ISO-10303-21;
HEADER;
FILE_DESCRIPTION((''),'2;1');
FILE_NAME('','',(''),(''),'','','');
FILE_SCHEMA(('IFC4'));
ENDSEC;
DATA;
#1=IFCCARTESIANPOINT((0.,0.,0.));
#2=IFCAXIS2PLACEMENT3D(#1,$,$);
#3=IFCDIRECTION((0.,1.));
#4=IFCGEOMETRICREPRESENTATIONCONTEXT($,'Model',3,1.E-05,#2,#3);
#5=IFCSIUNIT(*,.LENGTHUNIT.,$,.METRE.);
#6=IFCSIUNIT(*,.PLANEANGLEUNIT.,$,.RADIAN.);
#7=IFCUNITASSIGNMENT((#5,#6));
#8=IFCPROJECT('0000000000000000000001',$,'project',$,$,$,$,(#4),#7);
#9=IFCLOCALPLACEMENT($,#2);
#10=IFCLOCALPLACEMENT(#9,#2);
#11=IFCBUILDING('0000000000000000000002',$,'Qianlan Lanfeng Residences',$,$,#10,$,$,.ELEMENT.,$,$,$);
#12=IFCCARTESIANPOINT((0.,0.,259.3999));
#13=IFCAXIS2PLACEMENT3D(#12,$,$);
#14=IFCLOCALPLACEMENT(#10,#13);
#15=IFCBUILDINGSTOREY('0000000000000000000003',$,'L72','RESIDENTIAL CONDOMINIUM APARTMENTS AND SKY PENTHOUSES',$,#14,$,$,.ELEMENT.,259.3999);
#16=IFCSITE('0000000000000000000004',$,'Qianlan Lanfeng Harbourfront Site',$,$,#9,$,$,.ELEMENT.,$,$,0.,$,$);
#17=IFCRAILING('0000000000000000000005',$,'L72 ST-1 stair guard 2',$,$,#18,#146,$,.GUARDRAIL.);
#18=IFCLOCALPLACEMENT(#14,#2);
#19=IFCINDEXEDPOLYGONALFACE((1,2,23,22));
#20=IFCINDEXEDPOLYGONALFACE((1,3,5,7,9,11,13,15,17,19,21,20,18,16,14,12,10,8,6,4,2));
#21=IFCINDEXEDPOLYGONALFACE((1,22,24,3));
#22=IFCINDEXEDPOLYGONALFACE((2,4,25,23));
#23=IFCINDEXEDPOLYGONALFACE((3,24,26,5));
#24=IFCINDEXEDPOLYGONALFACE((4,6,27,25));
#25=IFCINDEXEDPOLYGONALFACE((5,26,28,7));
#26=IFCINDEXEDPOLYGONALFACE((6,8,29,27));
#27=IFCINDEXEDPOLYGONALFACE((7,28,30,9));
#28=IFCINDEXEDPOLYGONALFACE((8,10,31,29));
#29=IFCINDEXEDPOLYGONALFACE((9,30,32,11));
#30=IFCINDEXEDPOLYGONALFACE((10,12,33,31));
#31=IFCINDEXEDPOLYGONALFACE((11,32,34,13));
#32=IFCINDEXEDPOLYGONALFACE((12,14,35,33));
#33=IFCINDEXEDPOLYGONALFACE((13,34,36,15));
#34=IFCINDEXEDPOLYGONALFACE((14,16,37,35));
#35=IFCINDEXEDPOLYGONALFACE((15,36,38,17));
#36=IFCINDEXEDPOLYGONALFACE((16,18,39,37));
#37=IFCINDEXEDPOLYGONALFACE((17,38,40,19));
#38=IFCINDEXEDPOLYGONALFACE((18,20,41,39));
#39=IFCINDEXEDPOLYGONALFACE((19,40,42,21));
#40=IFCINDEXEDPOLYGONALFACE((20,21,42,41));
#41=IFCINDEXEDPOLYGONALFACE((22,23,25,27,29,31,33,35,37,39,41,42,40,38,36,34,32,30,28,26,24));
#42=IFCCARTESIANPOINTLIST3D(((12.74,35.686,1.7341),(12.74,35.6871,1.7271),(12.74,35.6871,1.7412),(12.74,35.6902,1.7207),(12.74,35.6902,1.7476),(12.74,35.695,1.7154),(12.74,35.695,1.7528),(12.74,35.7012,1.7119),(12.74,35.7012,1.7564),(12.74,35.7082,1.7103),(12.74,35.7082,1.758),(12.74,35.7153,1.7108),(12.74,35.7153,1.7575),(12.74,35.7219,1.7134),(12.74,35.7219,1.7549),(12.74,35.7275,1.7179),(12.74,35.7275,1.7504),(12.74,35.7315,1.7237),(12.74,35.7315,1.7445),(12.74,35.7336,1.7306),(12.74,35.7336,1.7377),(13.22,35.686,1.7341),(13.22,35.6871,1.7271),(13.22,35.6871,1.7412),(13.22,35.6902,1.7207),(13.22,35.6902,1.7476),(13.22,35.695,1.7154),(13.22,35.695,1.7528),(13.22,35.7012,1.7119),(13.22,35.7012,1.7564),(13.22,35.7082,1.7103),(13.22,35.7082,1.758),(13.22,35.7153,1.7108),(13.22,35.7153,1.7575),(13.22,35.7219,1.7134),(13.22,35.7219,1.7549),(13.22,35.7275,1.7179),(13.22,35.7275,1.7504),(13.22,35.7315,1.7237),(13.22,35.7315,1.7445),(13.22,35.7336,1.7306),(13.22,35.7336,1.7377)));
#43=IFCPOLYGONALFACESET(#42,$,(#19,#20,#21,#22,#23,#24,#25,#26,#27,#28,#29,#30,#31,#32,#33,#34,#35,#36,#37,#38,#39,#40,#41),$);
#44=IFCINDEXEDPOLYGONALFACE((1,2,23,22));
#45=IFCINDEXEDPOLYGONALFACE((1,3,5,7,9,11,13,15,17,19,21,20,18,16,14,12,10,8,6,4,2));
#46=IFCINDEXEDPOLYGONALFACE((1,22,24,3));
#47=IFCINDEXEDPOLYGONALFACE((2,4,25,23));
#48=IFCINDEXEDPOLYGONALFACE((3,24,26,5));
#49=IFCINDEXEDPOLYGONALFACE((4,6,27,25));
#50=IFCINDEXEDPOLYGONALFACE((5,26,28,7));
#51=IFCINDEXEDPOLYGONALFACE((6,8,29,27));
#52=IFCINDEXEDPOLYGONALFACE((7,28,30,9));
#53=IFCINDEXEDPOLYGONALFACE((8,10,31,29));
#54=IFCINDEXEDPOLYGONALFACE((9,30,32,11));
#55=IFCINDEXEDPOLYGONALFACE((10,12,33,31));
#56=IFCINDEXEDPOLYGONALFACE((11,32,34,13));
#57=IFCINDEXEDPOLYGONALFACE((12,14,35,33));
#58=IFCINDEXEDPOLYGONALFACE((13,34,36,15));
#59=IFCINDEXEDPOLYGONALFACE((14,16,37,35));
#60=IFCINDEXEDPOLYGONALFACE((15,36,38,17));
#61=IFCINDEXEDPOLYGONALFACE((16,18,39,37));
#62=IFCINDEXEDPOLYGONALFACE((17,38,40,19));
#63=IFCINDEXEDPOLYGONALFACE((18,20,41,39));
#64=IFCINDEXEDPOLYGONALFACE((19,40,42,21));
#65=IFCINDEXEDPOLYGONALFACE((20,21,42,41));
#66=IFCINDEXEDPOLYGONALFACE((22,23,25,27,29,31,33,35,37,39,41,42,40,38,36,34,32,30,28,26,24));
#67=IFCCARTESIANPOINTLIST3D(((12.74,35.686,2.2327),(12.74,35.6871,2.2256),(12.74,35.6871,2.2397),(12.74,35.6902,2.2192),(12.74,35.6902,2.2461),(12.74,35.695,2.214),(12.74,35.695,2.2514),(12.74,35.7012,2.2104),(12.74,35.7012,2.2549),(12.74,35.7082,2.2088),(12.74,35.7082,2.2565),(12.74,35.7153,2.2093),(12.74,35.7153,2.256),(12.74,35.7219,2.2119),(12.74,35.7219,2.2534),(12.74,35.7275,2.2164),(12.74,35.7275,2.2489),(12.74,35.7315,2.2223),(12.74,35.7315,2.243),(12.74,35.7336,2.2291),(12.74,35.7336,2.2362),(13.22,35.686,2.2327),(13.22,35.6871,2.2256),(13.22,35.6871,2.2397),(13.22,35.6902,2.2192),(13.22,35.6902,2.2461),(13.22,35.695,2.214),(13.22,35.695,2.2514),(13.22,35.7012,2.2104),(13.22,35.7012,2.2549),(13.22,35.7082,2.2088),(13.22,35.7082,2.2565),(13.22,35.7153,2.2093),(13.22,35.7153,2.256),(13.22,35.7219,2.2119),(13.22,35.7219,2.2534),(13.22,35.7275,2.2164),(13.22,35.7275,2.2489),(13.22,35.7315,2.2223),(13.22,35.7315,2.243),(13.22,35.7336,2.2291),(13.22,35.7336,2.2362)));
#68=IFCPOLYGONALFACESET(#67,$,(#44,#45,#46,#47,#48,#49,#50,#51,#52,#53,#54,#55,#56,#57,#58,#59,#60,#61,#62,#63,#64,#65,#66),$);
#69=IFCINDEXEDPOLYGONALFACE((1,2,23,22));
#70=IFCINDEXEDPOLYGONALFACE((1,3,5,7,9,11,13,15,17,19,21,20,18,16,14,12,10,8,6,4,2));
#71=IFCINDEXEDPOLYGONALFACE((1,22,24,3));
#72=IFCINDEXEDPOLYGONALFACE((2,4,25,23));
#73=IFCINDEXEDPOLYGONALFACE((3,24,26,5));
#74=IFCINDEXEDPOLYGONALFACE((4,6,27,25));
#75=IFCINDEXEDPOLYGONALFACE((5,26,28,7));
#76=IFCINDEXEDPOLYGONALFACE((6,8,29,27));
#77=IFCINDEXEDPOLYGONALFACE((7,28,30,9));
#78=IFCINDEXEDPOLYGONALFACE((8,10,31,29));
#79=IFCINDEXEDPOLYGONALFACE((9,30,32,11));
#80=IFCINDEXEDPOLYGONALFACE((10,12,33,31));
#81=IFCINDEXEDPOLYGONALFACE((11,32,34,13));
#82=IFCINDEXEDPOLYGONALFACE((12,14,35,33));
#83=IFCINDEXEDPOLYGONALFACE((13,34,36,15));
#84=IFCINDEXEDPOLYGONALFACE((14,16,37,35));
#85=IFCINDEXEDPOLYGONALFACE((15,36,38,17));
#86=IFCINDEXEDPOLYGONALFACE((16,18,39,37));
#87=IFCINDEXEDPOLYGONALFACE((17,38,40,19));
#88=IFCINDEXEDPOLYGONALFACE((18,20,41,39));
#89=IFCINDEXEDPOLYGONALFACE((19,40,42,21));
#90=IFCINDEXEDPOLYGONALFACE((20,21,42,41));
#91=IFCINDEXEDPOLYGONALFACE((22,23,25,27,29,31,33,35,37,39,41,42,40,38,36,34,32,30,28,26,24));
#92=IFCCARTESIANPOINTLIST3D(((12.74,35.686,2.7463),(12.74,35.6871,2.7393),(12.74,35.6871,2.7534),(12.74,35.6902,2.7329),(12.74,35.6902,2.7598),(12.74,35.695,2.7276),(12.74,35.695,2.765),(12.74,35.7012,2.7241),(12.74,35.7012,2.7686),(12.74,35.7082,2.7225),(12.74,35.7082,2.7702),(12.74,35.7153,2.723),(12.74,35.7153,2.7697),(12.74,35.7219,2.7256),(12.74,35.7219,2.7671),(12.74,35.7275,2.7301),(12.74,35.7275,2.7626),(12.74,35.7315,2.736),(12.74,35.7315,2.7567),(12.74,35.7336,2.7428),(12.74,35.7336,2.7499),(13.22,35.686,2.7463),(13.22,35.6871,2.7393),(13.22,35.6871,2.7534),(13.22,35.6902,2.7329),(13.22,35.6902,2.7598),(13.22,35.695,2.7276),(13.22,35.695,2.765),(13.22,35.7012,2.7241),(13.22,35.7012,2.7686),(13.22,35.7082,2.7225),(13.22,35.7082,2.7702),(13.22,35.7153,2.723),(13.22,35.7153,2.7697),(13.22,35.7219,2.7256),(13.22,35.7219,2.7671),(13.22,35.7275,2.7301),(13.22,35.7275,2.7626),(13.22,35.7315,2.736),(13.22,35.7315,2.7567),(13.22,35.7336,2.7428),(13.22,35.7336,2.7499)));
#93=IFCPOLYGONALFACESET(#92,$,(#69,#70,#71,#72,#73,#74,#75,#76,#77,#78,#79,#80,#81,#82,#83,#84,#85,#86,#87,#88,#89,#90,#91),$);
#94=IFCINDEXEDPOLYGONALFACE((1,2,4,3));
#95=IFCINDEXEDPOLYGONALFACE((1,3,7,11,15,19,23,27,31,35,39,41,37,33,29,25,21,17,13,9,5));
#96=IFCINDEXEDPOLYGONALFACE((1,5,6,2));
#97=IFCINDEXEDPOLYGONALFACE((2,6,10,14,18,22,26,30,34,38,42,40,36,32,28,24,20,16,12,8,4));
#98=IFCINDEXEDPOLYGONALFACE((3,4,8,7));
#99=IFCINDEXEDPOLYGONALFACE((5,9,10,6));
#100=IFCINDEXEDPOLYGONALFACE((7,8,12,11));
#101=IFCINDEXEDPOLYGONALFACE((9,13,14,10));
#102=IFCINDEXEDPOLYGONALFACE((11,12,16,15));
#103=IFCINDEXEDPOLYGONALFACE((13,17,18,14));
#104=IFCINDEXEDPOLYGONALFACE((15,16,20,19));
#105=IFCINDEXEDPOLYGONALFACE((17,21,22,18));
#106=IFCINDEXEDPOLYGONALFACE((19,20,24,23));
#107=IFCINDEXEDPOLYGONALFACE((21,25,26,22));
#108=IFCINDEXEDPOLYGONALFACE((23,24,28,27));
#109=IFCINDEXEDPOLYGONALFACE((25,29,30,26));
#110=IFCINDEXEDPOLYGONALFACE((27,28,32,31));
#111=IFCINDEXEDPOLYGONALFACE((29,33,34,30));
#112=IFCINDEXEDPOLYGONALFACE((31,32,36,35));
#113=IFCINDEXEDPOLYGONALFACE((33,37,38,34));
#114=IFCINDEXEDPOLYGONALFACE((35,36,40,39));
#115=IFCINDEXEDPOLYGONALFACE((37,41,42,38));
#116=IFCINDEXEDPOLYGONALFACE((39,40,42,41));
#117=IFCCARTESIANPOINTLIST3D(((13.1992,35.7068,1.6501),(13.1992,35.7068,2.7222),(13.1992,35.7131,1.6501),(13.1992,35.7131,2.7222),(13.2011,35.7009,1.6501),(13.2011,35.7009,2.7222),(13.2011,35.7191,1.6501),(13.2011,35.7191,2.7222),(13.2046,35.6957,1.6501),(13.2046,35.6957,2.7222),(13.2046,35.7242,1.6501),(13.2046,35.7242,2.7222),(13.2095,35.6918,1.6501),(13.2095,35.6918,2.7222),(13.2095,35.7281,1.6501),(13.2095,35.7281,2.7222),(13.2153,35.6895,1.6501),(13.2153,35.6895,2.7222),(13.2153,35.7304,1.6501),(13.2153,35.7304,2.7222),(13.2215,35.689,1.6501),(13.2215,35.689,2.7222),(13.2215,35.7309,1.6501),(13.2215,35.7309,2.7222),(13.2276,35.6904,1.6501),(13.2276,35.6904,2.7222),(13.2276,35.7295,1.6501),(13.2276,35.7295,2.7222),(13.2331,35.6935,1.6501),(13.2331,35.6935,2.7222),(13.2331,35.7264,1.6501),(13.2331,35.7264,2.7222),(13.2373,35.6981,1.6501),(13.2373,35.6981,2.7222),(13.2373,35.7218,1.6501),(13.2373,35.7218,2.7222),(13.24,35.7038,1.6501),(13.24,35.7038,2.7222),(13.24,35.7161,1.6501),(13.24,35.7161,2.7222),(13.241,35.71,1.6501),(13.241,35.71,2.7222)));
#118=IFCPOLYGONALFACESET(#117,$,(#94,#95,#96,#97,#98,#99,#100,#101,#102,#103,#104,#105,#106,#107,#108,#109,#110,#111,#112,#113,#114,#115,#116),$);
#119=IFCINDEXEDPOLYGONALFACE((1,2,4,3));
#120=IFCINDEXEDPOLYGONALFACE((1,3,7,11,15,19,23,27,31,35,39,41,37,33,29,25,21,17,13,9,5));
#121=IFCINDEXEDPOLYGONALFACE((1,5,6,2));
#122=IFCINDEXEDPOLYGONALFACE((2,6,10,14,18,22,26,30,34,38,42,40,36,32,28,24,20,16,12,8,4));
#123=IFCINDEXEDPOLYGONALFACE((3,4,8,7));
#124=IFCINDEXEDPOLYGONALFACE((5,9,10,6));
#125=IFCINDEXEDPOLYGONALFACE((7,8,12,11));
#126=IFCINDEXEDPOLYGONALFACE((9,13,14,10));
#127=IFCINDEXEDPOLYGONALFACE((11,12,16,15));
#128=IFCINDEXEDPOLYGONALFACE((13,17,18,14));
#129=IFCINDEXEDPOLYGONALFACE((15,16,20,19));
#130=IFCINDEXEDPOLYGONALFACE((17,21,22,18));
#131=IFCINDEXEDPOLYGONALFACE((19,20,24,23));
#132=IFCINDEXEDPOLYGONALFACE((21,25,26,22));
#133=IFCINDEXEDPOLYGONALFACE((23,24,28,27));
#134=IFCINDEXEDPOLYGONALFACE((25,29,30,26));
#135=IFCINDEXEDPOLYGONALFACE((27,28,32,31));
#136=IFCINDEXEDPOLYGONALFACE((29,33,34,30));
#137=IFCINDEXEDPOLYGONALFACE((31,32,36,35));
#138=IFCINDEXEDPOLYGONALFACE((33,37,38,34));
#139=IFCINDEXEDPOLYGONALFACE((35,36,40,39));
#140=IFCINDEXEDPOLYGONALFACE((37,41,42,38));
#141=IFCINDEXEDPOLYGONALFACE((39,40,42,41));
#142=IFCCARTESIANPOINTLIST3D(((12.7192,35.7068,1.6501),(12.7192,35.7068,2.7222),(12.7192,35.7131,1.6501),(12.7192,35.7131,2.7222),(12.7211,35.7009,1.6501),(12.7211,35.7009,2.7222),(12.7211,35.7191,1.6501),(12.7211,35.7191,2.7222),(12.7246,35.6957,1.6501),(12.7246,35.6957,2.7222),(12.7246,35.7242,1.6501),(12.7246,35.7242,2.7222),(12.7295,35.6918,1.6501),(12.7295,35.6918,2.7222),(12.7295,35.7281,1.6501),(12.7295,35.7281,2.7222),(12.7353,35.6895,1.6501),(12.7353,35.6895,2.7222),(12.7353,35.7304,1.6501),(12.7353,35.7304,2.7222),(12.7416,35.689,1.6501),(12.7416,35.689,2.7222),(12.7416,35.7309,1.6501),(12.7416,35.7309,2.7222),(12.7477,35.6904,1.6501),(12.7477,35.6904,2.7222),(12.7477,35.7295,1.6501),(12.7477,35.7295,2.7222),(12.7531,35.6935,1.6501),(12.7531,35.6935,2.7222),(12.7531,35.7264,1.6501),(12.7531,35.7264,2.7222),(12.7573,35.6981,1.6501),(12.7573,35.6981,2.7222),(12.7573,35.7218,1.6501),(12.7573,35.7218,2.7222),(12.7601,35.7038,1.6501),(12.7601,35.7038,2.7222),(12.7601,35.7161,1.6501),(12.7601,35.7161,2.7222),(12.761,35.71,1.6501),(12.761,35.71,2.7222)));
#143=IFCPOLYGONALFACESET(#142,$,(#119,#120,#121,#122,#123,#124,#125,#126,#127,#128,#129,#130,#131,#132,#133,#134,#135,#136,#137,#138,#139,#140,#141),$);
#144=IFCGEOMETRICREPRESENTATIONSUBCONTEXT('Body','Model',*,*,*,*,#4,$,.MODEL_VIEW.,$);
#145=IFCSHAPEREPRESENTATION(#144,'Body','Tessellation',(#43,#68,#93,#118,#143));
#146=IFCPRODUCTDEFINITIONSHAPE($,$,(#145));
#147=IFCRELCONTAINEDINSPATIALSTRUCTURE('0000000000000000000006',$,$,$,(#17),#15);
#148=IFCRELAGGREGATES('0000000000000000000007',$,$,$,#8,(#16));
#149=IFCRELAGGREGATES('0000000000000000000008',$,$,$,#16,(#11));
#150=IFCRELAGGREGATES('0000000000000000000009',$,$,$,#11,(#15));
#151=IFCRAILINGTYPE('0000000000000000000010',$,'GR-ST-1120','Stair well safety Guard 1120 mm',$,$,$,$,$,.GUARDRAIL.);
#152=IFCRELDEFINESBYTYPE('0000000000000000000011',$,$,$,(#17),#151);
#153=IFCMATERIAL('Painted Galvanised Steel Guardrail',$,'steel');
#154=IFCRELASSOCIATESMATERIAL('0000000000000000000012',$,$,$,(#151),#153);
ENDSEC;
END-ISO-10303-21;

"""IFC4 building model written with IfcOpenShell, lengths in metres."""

from ifc_helpers import new_model, si_unit, direction, frame, origin, origin_2d, place, context, subcontext, project, spatial, circle, extrude, material, type_object, element, save


model = new_model("IFC4")

# Units and contexts
model_context = context("Model", 3, precision=1e-05, world=origin(), true_north=direction((0.0, 1.0)))
body_context = subcontext(model_context, "Body", "Model", "MODEL_VIEW")
ifc_project = project(units=[si_unit("LENGTHUNIT", "METRE"), si_unit("PLANEANGLEUNIT", "RADIAN")], contexts=[model_context])

# Site, building, storey
site_placement = place(None, origin())
site = spatial("IfcSite", under=ifc_project, at=site_placement, Name="Qianlan Lanfeng Harbourfront Site", CompositionType="ELEMENT", RefElevation=0.0)
building_placement = place(site_placement, origin())
building = spatial("IfcBuilding", under=site, at=building_placement, Name="Qianlan Lanfeng Residences", CompositionType="ELEMENT")
storey_placement = place(building_placement, frame((0.0, 0.0, 259.3999)))
storey = spatial("IfcBuildingStorey", under=building, at=storey_placement, Name="L72", Description="RESIDENTIAL CONDOMINIUM APARTMENTS AND SKY PENTHOUSES", CompositionType="ELEMENT", Elevation=259.3999)

# Railing
ifc_material_1 = material(Name="Painted Galvanised Steel Guardrail", Category="steel")
railing_type_1 = type_object("IfcRailingType", Name="GR-ST-1120", Description="Stair well safety Guard 1120 mm", PredefinedType="GUARDRAIL", material=ifc_material_1)
railing_1_placement = place(storey_placement, frame((13.22, 35.71, 1.6501)))
element("IfcRailing", 1, at=railing_1_placement, inside=storey, type_object=railing_type_1, Name="L72 ST-1 stair guard 2", PredefinedType="GUARDRAIL", context=body_context, shape_type="SweptSolid", body=[
    extrude(circle(Radius=0.0239, at=origin_2d()), frame((0.0, 0.0, 0.084), z_axis=(-1.0, 0.0, 0.0), x_axis=(0.0, -1.0, 0.0)), (0.0, 0.0, 1.0), 0.48),
    extrude(circle(Radius=0.0239, at=origin_2d()), frame((0.0, 0.0, 0.5825), z_axis=(-1.0, 0.0, 0.0), x_axis=(0.0, -1.0, 0.0)), (0.0, 0.0, 1.0), 0.48),
    extrude(circle(Radius=0.0239, at=origin_2d()), frame((0.0, 0.0, 1.0962), z_axis=(-1.0, 0.0, 0.0), x_axis=(0.0, -1.0, 0.0)), (0.0, 0.0, 1.0), 0.48),
    extrude(circle(Radius=0.021, at=origin_2d()), origin(), (0.0, 0.0, 1.0), 1.072),
    extrude(circle(Radius=0.021, at=origin_2d()), frame((-0.48, 0.0, 0.0)), (0.0, 0.0, 1.0), 1.072),
])

save(model, "model.ifc")
